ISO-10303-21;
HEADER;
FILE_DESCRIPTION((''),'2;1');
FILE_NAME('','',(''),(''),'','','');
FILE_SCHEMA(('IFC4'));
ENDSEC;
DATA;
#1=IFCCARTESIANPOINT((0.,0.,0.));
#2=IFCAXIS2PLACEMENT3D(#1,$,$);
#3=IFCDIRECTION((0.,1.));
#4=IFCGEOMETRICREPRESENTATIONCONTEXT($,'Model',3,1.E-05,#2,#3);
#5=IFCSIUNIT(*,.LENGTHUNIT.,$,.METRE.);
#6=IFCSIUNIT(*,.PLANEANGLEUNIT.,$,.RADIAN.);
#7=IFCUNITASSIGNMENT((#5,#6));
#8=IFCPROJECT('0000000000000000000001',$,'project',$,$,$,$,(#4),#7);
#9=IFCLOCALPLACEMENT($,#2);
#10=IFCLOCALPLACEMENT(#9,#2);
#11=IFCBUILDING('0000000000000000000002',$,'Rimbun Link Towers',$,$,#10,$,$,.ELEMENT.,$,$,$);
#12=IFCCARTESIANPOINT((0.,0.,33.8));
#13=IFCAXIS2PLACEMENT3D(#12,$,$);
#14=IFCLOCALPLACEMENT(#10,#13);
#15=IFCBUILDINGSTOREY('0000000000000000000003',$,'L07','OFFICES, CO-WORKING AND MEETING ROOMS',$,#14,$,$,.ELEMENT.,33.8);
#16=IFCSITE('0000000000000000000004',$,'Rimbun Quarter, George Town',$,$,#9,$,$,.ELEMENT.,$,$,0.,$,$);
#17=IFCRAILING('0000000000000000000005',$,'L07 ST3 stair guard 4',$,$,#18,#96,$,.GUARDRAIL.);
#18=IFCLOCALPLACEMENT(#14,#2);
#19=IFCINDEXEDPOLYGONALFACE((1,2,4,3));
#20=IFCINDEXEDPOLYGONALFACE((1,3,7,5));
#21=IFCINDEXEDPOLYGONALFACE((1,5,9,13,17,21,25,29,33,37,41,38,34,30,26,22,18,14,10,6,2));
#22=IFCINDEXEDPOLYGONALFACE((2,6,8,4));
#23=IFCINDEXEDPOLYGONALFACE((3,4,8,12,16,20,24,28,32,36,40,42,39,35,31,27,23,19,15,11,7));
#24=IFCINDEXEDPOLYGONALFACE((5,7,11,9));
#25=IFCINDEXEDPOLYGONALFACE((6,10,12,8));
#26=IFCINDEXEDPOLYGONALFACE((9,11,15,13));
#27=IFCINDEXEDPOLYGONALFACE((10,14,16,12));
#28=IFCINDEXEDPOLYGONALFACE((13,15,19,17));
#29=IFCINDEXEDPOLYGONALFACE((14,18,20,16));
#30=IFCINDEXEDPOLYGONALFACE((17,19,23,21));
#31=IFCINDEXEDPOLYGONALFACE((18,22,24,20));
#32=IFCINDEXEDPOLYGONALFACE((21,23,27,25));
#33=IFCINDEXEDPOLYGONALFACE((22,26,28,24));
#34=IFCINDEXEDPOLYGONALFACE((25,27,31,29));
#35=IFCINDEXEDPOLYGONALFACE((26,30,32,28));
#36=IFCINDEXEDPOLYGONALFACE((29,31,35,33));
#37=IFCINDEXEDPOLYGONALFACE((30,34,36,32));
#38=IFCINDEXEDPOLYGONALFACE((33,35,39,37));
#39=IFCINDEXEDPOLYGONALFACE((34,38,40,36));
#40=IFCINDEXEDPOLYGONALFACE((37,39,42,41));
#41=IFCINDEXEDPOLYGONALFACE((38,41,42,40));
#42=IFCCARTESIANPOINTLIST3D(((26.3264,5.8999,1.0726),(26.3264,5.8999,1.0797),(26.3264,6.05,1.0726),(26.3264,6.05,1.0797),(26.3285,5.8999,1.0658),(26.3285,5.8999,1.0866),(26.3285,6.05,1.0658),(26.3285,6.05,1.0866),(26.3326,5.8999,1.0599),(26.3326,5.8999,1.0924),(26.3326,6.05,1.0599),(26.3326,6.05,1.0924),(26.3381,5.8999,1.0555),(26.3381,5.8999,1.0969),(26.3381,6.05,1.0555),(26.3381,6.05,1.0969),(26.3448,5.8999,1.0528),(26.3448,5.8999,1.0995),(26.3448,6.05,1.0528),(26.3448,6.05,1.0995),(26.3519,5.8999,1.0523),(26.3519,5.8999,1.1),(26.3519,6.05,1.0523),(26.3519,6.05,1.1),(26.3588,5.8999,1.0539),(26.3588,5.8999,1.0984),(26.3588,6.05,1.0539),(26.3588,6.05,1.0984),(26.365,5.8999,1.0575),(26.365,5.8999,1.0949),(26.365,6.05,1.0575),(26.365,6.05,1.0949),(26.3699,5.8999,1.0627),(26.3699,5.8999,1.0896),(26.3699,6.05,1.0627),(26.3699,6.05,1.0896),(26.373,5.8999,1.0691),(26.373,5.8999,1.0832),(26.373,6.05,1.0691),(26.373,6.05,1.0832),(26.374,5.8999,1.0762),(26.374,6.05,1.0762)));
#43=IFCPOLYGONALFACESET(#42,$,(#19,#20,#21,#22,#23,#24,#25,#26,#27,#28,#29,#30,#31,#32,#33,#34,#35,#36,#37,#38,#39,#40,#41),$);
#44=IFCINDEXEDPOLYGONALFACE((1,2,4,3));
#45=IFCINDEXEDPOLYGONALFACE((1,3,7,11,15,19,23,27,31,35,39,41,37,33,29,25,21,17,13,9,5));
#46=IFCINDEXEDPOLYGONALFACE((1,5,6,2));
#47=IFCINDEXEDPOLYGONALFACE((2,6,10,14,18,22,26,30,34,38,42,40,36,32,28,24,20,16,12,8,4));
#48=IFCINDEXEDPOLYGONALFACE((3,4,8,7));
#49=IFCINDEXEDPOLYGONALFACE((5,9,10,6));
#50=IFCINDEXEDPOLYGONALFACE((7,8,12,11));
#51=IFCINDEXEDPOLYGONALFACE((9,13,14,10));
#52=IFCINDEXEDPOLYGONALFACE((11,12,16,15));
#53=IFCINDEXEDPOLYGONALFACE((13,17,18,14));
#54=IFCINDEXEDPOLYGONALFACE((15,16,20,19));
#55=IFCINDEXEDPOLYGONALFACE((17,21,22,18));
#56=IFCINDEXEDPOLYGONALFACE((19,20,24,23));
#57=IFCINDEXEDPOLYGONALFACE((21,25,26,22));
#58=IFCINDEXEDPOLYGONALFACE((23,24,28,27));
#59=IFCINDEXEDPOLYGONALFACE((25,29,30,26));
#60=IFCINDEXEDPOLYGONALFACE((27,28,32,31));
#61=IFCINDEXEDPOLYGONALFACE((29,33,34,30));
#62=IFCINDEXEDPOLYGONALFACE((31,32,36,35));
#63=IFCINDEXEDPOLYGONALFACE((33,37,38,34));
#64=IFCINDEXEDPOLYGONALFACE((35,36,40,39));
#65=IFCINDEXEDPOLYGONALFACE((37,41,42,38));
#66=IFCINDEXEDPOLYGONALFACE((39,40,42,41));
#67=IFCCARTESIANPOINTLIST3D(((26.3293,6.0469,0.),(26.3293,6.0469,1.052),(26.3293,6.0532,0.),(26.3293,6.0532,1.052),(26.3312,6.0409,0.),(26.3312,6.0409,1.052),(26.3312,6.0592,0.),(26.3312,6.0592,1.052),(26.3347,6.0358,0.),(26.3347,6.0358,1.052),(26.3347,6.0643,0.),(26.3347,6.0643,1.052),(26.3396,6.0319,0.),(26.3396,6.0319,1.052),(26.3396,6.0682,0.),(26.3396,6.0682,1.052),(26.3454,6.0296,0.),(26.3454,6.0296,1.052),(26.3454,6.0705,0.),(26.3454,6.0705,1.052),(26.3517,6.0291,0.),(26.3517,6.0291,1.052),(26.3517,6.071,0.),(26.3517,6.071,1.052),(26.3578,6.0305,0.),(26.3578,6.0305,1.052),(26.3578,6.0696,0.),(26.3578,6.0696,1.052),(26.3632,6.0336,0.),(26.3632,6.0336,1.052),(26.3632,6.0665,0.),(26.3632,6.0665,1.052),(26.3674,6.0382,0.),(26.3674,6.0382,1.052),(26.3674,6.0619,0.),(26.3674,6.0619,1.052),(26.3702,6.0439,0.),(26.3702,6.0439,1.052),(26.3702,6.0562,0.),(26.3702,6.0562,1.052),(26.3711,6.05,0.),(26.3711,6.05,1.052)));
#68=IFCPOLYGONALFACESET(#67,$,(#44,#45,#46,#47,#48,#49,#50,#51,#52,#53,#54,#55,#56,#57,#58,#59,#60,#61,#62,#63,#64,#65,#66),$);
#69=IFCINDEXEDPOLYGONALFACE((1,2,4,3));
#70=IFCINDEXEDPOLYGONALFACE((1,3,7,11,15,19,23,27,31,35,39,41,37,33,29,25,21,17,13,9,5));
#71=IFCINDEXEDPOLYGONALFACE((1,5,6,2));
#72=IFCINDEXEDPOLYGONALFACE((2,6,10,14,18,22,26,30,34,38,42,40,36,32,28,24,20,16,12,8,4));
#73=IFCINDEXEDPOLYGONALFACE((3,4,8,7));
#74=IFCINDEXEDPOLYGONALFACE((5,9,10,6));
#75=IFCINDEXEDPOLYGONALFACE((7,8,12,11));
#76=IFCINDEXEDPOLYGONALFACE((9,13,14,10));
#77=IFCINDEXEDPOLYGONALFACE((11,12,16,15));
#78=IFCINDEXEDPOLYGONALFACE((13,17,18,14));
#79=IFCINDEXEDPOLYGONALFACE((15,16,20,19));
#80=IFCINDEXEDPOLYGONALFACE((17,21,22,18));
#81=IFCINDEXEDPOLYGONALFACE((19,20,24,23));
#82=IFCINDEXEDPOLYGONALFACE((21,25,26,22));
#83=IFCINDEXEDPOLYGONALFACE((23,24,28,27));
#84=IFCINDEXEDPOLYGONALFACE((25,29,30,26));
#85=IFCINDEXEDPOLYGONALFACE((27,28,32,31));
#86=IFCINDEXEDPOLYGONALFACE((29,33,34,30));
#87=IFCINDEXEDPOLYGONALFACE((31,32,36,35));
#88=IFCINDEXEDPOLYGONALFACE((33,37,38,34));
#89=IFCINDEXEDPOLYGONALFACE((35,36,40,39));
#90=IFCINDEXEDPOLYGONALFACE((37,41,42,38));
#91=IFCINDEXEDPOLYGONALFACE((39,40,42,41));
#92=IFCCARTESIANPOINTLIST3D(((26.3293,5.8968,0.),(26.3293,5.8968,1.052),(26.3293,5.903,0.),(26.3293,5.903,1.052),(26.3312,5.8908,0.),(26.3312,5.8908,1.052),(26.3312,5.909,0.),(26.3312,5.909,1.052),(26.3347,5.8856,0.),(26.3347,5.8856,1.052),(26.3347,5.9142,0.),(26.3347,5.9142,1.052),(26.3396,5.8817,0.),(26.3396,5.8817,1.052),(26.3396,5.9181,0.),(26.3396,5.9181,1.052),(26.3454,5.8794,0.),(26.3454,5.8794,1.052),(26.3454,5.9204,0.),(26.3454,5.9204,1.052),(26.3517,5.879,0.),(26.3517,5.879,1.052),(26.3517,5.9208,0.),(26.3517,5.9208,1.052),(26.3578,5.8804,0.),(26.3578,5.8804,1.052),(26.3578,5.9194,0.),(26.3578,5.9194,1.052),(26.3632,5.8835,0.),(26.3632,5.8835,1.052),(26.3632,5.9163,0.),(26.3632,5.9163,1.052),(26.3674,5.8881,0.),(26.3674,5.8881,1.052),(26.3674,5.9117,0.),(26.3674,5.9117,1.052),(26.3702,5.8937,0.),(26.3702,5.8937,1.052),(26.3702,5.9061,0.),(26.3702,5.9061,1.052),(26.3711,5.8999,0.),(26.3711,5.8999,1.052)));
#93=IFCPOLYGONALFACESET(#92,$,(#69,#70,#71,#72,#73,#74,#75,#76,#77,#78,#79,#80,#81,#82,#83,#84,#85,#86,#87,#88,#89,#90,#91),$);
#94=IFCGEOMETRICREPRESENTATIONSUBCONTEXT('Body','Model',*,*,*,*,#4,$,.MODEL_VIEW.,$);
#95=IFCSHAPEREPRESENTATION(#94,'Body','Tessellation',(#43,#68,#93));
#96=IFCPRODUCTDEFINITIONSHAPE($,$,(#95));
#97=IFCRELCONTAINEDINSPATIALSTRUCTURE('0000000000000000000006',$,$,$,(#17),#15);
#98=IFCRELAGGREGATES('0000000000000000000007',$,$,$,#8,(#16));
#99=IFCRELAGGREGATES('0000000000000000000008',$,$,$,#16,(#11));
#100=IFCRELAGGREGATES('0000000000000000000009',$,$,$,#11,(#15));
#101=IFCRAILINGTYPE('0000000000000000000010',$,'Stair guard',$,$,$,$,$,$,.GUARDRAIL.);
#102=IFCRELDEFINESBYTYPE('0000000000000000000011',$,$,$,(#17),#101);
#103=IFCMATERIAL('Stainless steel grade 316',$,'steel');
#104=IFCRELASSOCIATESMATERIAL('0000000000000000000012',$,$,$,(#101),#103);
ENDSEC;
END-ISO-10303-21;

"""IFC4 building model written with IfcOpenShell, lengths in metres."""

from ifc_helpers import new_model, si_unit, direction, frame, origin, origin_2d, place, context, subcontext, project, spatial, circle, extrude, material, type_object, element, save


model = new_model("IFC4")

# Units and contexts
model_context = context("Model", 3, precision=1e-05, world=origin(), true_north=direction((0.0, 1.0)))
body_context = subcontext(model_context, "Body", "Model", "MODEL_VIEW")
ifc_project = project(units=[si_unit("LENGTHUNIT", "METRE"), si_unit("PLANEANGLEUNIT", "RADIAN")], contexts=[model_context])

# Site, building, storey
site_placement = place(None, origin())
site = spatial("IfcSite", under=ifc_project, at=site_placement, Name="Rimbun Quarter, George Town", CompositionType="ELEMENT", RefElevation=0.0)
building_placement = place(site_placement, origin())
building = spatial("IfcBuilding", under=site, at=building_placement, Name="Rimbun Link Towers", CompositionType="ELEMENT")
storey_placement = place(building_placement, frame((0.0, 0.0, 33.8)))
storey = spatial("IfcBuildingStorey", under=building, at=storey_placement, Name="L07", Description="OFFICES, CO-WORKING AND MEETING ROOMS", CompositionType="ELEMENT", Elevation=33.8)

# Railing
ifc_material_1 = material(Name="Stainless steel grade 316", Category="steel")
railing_type_1 = type_object("IfcRailingType", Name="Stair guard", PredefinedType="GUARDRAIL", material=ifc_material_1)
railing_1_placement = place(storey_placement, frame((26.3501, 6.05, 0.0)))
element("IfcRailing", 1, at=railing_1_placement, inside=storey, type_object=railing_type_1, Name="L07 ST3 stair guard 4", PredefinedType="GUARDRAIL", context=body_context, shape_type="SweptSolid", body=[
    extrude(circle(Radius=0.0239, at=origin_2d()), frame((0.0, 0.0, 1.0762), z_axis=(0.0, -1.0, 0.0), x_axis=(1.0, 0.0, 0.0)), (0.0, 0.0, 1.0), 0.1501),
    extrude(circle(Radius=0.021, at=origin_2d()), origin(), (0.0, 0.0, 1.0), 1.052),
    extrude(circle(Radius=0.021, at=origin_2d()), frame((0.0, -0.1501, 0.0)), (0.0, 0.0, 1.0), 1.052),
])

save(model, "model.ifc")
